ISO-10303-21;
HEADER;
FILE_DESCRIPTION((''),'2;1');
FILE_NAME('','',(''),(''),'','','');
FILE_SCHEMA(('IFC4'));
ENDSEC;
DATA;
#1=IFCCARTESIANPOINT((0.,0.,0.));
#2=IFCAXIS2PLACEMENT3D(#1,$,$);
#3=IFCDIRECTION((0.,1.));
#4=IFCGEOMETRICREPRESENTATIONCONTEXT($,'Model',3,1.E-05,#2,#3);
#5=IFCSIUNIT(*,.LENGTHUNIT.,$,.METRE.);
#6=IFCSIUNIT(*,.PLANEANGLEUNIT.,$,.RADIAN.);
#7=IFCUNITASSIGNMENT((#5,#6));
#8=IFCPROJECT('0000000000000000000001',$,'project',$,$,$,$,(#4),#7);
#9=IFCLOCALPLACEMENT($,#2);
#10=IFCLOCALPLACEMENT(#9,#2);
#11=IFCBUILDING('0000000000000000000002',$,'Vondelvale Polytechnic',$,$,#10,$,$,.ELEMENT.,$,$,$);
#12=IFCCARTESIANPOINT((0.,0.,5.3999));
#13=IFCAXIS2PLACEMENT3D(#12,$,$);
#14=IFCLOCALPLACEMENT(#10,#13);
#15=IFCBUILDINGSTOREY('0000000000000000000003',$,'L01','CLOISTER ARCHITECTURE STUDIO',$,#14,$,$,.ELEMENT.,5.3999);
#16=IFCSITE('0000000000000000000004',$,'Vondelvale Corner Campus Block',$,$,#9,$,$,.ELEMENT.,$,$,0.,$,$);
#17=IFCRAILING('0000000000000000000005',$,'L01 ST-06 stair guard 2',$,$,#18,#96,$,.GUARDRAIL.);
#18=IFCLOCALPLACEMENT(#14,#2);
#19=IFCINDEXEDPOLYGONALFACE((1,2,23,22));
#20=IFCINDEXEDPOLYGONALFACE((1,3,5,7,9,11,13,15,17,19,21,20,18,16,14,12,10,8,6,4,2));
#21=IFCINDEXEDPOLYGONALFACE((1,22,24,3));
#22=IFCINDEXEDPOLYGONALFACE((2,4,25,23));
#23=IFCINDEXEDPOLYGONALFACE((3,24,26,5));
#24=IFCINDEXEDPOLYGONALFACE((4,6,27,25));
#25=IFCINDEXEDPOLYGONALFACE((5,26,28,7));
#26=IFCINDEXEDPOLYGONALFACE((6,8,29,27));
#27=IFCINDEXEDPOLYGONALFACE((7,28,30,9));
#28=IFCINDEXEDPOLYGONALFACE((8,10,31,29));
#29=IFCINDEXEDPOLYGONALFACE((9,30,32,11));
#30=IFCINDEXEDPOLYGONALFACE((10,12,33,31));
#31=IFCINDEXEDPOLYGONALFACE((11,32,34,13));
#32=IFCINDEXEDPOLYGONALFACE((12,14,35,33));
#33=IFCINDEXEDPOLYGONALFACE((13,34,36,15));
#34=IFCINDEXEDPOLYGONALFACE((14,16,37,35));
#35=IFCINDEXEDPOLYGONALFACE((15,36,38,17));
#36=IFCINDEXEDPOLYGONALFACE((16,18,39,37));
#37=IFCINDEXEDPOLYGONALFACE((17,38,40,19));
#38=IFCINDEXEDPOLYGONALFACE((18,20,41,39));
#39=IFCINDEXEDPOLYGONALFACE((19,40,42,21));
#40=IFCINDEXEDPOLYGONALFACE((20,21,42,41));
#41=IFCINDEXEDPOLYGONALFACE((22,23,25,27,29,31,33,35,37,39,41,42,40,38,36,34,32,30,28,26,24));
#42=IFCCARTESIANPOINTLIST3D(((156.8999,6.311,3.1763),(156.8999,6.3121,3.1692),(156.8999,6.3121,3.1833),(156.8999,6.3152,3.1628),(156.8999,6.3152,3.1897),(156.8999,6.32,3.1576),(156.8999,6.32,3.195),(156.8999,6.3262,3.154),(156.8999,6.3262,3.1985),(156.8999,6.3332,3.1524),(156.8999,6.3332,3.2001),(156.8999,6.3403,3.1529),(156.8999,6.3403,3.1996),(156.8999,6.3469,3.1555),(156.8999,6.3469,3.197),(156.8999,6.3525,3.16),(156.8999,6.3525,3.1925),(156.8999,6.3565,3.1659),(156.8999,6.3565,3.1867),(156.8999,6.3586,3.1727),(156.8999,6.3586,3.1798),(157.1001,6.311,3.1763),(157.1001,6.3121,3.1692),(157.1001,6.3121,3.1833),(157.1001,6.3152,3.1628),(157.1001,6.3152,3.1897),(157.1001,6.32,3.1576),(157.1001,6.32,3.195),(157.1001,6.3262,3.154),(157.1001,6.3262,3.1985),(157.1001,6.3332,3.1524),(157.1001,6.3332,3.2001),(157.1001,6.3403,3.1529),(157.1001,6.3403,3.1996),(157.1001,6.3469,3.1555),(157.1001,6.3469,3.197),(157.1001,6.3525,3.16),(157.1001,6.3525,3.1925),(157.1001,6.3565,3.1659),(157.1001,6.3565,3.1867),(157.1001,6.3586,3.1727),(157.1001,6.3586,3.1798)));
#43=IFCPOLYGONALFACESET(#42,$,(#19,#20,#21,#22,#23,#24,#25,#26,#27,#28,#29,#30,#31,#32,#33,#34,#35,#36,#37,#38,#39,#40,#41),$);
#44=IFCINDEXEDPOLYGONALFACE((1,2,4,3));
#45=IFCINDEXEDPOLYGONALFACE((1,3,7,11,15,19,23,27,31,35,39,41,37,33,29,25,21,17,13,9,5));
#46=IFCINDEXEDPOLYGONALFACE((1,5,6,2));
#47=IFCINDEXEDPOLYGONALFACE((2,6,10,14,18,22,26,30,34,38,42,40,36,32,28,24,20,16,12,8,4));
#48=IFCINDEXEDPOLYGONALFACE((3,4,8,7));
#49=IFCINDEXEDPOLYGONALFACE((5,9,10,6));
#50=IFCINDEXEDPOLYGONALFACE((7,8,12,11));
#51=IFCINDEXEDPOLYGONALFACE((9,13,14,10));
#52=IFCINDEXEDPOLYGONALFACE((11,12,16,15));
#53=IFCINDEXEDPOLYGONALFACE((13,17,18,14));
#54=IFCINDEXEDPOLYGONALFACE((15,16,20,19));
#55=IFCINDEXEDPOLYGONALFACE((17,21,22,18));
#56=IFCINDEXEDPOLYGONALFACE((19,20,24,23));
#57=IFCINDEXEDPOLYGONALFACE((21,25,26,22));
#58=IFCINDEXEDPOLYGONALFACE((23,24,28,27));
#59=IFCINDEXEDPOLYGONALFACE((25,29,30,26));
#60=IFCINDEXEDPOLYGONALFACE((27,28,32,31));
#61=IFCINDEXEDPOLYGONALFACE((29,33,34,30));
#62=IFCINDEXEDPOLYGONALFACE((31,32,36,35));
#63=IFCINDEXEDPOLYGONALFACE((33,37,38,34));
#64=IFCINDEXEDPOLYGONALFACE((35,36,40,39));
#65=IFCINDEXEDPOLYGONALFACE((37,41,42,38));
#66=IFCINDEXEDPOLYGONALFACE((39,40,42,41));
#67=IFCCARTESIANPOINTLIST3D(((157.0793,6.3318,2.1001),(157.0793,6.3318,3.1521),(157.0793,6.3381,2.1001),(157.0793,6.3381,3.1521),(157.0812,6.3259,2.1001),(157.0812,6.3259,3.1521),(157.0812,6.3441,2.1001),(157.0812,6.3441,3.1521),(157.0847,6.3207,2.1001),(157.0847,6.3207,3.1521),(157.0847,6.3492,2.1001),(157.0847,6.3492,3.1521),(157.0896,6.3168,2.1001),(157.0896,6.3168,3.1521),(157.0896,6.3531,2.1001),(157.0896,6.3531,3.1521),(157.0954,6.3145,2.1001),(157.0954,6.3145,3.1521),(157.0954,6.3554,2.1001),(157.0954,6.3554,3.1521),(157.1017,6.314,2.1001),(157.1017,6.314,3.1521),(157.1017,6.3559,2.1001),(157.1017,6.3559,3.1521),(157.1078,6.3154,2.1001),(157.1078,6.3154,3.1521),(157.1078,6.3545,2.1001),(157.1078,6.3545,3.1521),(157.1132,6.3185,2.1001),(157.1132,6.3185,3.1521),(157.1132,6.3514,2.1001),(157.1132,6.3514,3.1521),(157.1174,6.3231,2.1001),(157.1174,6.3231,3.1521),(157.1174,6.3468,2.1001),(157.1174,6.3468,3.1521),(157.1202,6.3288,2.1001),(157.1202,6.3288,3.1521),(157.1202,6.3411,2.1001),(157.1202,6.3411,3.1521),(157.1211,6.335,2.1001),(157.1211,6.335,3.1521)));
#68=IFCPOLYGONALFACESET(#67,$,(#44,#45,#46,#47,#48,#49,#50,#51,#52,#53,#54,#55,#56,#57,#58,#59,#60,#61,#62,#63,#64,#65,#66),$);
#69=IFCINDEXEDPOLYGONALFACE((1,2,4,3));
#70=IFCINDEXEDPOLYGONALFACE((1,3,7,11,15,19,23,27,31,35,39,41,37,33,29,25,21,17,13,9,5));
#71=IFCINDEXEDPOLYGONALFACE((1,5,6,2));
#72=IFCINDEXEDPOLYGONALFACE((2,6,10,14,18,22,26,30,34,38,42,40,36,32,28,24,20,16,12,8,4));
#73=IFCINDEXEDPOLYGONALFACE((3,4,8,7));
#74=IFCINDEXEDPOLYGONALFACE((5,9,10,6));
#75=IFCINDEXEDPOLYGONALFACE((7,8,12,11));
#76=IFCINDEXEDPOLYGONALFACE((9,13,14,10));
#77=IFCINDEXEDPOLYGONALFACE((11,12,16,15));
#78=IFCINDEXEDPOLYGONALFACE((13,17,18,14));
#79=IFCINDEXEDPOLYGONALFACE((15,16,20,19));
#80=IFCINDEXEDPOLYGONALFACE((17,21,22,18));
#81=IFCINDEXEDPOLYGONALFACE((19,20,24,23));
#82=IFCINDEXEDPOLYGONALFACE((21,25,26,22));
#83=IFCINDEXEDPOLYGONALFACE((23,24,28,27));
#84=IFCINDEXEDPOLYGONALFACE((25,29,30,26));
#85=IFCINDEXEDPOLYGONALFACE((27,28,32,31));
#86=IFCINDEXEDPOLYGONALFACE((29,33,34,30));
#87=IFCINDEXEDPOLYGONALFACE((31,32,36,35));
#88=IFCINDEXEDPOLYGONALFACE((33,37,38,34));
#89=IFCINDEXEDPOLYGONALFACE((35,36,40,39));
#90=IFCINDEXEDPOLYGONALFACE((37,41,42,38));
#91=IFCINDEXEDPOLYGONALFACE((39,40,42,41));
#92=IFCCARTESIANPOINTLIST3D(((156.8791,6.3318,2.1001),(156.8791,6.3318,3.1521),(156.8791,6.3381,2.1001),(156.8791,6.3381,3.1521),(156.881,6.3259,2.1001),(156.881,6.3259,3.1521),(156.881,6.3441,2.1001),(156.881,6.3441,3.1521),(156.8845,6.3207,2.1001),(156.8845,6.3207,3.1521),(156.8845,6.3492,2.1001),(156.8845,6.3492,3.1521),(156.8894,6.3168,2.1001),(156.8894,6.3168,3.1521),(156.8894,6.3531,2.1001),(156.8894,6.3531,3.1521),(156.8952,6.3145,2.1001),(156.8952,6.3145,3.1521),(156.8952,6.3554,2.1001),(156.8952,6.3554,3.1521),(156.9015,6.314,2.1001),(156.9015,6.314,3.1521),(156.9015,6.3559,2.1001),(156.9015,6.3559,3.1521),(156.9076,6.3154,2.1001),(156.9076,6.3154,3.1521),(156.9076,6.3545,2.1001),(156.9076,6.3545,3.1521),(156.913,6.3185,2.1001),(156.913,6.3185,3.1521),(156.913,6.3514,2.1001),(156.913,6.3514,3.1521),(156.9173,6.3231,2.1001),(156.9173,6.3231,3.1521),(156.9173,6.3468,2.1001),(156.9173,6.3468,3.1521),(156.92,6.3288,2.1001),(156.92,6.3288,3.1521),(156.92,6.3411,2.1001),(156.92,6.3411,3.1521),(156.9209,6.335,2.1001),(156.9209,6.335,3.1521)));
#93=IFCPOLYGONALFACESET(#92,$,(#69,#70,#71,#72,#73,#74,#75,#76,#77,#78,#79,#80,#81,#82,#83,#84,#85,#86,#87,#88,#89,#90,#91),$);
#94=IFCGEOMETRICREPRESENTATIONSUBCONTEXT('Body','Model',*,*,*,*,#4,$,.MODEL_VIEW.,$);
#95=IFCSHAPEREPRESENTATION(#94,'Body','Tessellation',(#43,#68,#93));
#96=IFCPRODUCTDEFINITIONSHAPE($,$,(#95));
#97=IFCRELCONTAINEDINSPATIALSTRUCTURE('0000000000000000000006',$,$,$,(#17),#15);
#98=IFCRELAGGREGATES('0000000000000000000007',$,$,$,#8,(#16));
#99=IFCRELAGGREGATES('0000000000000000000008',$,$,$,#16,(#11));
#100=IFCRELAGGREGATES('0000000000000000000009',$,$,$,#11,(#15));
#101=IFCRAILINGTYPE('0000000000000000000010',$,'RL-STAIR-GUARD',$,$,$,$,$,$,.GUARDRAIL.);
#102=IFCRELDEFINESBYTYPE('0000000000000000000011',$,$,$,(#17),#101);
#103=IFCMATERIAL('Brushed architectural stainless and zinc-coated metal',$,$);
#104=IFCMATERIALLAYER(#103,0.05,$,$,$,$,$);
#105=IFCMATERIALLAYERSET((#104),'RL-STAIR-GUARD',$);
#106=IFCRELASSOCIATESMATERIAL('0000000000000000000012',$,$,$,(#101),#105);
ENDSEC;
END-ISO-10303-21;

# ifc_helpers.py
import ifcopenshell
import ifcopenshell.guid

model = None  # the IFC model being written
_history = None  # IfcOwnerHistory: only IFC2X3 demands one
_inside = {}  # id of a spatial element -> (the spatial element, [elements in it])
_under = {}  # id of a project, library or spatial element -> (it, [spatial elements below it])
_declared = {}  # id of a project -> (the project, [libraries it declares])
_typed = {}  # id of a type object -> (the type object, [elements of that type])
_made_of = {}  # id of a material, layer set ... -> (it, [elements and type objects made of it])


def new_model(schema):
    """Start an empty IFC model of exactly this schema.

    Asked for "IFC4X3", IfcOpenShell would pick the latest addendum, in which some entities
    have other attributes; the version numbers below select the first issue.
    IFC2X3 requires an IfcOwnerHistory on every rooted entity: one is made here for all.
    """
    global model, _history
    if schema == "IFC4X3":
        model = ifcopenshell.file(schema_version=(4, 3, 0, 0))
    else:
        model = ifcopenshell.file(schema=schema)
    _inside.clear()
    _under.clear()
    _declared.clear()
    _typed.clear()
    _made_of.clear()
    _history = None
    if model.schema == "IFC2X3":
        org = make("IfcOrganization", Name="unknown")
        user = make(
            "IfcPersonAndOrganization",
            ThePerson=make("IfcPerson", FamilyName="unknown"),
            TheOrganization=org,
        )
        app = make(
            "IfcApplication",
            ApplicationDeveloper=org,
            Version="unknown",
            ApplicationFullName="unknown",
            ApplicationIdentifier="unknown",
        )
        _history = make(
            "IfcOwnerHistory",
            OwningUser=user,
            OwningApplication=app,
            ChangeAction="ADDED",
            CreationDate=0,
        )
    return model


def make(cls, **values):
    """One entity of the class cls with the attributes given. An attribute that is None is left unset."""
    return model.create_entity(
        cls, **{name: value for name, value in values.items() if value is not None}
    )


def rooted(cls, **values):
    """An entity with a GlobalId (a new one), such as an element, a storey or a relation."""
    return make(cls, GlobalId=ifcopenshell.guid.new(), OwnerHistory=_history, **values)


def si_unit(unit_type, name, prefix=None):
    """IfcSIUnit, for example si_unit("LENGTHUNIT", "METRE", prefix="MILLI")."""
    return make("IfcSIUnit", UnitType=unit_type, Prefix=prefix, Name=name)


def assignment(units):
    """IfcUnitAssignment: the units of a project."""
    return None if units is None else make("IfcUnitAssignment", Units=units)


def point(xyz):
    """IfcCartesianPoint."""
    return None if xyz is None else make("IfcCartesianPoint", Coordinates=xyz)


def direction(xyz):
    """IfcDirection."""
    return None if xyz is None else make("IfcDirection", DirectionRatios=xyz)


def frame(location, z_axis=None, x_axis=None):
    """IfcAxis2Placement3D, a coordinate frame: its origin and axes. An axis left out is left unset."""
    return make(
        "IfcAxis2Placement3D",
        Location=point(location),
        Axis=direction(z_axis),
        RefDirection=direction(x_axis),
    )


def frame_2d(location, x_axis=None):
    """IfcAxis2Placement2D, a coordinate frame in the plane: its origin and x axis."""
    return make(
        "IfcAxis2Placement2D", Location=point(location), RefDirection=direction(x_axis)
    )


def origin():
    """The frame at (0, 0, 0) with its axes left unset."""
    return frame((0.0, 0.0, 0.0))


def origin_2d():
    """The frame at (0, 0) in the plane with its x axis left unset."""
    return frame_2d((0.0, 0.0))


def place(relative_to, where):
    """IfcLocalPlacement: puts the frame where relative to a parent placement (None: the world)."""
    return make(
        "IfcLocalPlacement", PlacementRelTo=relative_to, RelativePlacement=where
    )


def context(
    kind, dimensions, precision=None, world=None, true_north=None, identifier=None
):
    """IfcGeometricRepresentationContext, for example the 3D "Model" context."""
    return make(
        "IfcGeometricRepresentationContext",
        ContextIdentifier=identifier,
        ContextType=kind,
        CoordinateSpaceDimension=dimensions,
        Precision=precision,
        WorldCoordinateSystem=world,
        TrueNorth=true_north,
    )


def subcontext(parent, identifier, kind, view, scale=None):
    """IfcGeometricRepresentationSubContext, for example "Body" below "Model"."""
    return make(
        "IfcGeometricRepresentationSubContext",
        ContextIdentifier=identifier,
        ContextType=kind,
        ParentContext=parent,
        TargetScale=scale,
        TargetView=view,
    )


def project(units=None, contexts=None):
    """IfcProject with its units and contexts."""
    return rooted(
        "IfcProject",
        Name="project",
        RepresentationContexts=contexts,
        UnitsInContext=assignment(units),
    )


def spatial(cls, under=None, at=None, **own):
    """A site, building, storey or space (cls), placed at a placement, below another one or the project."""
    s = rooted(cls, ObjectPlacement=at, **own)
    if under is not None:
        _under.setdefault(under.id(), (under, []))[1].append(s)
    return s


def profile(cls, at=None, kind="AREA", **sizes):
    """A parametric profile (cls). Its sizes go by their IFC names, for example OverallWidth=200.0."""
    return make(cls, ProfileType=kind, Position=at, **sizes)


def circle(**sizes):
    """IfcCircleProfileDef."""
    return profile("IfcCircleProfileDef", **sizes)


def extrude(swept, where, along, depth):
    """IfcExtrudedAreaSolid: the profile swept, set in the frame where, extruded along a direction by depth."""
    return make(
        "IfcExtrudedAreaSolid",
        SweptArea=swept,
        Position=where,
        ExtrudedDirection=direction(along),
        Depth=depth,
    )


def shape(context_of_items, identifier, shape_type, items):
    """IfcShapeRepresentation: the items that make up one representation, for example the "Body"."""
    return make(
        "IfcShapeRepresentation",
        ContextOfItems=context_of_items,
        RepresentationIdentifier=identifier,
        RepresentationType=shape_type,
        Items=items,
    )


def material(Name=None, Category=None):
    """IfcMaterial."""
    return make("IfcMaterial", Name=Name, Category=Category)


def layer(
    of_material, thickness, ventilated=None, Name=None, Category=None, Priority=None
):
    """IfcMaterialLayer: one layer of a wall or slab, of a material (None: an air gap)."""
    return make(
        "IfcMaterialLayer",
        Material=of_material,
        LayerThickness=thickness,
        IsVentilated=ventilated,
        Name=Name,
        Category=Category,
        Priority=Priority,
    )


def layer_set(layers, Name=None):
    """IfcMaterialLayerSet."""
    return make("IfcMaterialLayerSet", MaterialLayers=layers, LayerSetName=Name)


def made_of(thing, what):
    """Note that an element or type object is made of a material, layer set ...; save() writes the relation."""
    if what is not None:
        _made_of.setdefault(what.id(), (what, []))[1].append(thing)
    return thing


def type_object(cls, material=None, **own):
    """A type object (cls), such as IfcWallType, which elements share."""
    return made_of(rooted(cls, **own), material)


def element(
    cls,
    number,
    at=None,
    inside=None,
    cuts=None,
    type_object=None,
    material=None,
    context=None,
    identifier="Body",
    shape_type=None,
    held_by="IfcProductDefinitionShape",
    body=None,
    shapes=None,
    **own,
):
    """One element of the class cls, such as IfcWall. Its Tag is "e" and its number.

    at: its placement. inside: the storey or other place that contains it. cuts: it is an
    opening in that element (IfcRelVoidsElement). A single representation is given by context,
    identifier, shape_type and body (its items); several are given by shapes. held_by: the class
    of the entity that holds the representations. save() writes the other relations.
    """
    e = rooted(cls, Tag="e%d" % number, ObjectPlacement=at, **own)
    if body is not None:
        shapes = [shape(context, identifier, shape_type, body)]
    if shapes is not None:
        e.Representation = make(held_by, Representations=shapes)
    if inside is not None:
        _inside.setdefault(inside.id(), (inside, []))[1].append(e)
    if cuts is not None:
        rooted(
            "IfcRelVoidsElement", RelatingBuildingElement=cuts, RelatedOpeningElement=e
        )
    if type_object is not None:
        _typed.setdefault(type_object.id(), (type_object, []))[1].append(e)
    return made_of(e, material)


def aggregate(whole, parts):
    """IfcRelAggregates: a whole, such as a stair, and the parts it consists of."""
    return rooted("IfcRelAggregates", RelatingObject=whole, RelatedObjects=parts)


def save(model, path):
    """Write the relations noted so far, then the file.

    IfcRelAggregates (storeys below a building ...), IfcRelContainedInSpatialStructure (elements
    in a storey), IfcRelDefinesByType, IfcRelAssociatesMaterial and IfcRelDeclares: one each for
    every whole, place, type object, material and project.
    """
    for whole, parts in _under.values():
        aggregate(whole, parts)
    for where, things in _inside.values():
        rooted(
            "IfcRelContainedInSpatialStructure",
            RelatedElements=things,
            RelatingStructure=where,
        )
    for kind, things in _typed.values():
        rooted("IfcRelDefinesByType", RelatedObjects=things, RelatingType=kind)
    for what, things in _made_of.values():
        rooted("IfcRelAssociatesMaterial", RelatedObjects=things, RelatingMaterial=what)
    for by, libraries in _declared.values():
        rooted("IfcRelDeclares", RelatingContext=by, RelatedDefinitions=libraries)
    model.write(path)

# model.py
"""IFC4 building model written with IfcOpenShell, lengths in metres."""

from ifc_helpers import new_model, si_unit, direction, frame, origin, origin_2d, place, context, subcontext, project, spatial, circle, extrude, material, layer, layer_set, type_object, element, save


model = new_model("IFC4")

# Units and contexts
model_context = context("Model", 3, precision=1e-05, world=origin(), true_north=direction((0.0, 1.0)))
body_context = subcontext(model_context, "Body", "Model", "MODEL_VIEW")
ifc_project = project(units=[si_unit("LENGTHUNIT", "METRE"), si_unit("PLANEANGLEUNIT", "RADIAN")], contexts=[model_context])

# Site, building, storey
site_placement = place(None, origin())
site = spatial("IfcSite", under=ifc_project, at=site_placement, Name="Vondelvale Corner Campus Block", CompositionType="ELEMENT", RefElevation=0.0)
building_placement = place(site_placement, origin())
building = spatial("IfcBuilding", under=site, at=building_placement, Name="Vondelvale Polytechnic", CompositionType="ELEMENT")
storey_placement = place(building_placement, frame((0.0, 0.0, 5.3999)))
storey = spatial("IfcBuildingStorey", under=building, at=storey_placement, Name="L01", Description="CLOISTER ARCHITECTURE STUDIO", CompositionType="ELEMENT", Elevation=5.3999)

# Shared definitions
ifc_material_1 = material(Name="Brushed architectural stainless and zinc-coated metal")

# Railing
ifc_layer_1 = layer(ifc_material_1, 0.05)
ifc_layer_set_1 = layer_set([ifc_layer_1], Name="RL-STAIR-GUARD")
railing_type_1 = type_object("IfcRailingType", Name="RL-STAIR-GUARD", PredefinedType="GUARDRAIL", material=ifc_layer_set_1)
railing_1_placement = place(storey_placement, frame((157.1001, 6.335, 2.1001)))
element("IfcRailing", 1, at=railing_1_placement, inside=storey, type_object=railing_type_1, Name="L01 ST-06 stair guard 2", PredefinedType="GUARDRAIL", context=body_context, shape_type="SweptSolid", body=[
    extrude(circle(Radius=0.0239, at=origin_2d()), frame((0.0, 0.0, 1.0762), z_axis=(-1.0, 0.0, 0.0), x_axis=(0.0, -1.0, 0.0)), (0.0, 0.0, 1.0), 0.2002),
    extrude(circle(Radius=0.021, at=origin_2d()), origin(), (0.0, 0.0, 1.0), 1.052),
    extrude(circle(Radius=0.021, at=origin_2d()), frame((-0.2002, 0.0, 0.0)), (0.0, 0.0, 1.0), 1.052),
])

save(model, "model.ifc")
